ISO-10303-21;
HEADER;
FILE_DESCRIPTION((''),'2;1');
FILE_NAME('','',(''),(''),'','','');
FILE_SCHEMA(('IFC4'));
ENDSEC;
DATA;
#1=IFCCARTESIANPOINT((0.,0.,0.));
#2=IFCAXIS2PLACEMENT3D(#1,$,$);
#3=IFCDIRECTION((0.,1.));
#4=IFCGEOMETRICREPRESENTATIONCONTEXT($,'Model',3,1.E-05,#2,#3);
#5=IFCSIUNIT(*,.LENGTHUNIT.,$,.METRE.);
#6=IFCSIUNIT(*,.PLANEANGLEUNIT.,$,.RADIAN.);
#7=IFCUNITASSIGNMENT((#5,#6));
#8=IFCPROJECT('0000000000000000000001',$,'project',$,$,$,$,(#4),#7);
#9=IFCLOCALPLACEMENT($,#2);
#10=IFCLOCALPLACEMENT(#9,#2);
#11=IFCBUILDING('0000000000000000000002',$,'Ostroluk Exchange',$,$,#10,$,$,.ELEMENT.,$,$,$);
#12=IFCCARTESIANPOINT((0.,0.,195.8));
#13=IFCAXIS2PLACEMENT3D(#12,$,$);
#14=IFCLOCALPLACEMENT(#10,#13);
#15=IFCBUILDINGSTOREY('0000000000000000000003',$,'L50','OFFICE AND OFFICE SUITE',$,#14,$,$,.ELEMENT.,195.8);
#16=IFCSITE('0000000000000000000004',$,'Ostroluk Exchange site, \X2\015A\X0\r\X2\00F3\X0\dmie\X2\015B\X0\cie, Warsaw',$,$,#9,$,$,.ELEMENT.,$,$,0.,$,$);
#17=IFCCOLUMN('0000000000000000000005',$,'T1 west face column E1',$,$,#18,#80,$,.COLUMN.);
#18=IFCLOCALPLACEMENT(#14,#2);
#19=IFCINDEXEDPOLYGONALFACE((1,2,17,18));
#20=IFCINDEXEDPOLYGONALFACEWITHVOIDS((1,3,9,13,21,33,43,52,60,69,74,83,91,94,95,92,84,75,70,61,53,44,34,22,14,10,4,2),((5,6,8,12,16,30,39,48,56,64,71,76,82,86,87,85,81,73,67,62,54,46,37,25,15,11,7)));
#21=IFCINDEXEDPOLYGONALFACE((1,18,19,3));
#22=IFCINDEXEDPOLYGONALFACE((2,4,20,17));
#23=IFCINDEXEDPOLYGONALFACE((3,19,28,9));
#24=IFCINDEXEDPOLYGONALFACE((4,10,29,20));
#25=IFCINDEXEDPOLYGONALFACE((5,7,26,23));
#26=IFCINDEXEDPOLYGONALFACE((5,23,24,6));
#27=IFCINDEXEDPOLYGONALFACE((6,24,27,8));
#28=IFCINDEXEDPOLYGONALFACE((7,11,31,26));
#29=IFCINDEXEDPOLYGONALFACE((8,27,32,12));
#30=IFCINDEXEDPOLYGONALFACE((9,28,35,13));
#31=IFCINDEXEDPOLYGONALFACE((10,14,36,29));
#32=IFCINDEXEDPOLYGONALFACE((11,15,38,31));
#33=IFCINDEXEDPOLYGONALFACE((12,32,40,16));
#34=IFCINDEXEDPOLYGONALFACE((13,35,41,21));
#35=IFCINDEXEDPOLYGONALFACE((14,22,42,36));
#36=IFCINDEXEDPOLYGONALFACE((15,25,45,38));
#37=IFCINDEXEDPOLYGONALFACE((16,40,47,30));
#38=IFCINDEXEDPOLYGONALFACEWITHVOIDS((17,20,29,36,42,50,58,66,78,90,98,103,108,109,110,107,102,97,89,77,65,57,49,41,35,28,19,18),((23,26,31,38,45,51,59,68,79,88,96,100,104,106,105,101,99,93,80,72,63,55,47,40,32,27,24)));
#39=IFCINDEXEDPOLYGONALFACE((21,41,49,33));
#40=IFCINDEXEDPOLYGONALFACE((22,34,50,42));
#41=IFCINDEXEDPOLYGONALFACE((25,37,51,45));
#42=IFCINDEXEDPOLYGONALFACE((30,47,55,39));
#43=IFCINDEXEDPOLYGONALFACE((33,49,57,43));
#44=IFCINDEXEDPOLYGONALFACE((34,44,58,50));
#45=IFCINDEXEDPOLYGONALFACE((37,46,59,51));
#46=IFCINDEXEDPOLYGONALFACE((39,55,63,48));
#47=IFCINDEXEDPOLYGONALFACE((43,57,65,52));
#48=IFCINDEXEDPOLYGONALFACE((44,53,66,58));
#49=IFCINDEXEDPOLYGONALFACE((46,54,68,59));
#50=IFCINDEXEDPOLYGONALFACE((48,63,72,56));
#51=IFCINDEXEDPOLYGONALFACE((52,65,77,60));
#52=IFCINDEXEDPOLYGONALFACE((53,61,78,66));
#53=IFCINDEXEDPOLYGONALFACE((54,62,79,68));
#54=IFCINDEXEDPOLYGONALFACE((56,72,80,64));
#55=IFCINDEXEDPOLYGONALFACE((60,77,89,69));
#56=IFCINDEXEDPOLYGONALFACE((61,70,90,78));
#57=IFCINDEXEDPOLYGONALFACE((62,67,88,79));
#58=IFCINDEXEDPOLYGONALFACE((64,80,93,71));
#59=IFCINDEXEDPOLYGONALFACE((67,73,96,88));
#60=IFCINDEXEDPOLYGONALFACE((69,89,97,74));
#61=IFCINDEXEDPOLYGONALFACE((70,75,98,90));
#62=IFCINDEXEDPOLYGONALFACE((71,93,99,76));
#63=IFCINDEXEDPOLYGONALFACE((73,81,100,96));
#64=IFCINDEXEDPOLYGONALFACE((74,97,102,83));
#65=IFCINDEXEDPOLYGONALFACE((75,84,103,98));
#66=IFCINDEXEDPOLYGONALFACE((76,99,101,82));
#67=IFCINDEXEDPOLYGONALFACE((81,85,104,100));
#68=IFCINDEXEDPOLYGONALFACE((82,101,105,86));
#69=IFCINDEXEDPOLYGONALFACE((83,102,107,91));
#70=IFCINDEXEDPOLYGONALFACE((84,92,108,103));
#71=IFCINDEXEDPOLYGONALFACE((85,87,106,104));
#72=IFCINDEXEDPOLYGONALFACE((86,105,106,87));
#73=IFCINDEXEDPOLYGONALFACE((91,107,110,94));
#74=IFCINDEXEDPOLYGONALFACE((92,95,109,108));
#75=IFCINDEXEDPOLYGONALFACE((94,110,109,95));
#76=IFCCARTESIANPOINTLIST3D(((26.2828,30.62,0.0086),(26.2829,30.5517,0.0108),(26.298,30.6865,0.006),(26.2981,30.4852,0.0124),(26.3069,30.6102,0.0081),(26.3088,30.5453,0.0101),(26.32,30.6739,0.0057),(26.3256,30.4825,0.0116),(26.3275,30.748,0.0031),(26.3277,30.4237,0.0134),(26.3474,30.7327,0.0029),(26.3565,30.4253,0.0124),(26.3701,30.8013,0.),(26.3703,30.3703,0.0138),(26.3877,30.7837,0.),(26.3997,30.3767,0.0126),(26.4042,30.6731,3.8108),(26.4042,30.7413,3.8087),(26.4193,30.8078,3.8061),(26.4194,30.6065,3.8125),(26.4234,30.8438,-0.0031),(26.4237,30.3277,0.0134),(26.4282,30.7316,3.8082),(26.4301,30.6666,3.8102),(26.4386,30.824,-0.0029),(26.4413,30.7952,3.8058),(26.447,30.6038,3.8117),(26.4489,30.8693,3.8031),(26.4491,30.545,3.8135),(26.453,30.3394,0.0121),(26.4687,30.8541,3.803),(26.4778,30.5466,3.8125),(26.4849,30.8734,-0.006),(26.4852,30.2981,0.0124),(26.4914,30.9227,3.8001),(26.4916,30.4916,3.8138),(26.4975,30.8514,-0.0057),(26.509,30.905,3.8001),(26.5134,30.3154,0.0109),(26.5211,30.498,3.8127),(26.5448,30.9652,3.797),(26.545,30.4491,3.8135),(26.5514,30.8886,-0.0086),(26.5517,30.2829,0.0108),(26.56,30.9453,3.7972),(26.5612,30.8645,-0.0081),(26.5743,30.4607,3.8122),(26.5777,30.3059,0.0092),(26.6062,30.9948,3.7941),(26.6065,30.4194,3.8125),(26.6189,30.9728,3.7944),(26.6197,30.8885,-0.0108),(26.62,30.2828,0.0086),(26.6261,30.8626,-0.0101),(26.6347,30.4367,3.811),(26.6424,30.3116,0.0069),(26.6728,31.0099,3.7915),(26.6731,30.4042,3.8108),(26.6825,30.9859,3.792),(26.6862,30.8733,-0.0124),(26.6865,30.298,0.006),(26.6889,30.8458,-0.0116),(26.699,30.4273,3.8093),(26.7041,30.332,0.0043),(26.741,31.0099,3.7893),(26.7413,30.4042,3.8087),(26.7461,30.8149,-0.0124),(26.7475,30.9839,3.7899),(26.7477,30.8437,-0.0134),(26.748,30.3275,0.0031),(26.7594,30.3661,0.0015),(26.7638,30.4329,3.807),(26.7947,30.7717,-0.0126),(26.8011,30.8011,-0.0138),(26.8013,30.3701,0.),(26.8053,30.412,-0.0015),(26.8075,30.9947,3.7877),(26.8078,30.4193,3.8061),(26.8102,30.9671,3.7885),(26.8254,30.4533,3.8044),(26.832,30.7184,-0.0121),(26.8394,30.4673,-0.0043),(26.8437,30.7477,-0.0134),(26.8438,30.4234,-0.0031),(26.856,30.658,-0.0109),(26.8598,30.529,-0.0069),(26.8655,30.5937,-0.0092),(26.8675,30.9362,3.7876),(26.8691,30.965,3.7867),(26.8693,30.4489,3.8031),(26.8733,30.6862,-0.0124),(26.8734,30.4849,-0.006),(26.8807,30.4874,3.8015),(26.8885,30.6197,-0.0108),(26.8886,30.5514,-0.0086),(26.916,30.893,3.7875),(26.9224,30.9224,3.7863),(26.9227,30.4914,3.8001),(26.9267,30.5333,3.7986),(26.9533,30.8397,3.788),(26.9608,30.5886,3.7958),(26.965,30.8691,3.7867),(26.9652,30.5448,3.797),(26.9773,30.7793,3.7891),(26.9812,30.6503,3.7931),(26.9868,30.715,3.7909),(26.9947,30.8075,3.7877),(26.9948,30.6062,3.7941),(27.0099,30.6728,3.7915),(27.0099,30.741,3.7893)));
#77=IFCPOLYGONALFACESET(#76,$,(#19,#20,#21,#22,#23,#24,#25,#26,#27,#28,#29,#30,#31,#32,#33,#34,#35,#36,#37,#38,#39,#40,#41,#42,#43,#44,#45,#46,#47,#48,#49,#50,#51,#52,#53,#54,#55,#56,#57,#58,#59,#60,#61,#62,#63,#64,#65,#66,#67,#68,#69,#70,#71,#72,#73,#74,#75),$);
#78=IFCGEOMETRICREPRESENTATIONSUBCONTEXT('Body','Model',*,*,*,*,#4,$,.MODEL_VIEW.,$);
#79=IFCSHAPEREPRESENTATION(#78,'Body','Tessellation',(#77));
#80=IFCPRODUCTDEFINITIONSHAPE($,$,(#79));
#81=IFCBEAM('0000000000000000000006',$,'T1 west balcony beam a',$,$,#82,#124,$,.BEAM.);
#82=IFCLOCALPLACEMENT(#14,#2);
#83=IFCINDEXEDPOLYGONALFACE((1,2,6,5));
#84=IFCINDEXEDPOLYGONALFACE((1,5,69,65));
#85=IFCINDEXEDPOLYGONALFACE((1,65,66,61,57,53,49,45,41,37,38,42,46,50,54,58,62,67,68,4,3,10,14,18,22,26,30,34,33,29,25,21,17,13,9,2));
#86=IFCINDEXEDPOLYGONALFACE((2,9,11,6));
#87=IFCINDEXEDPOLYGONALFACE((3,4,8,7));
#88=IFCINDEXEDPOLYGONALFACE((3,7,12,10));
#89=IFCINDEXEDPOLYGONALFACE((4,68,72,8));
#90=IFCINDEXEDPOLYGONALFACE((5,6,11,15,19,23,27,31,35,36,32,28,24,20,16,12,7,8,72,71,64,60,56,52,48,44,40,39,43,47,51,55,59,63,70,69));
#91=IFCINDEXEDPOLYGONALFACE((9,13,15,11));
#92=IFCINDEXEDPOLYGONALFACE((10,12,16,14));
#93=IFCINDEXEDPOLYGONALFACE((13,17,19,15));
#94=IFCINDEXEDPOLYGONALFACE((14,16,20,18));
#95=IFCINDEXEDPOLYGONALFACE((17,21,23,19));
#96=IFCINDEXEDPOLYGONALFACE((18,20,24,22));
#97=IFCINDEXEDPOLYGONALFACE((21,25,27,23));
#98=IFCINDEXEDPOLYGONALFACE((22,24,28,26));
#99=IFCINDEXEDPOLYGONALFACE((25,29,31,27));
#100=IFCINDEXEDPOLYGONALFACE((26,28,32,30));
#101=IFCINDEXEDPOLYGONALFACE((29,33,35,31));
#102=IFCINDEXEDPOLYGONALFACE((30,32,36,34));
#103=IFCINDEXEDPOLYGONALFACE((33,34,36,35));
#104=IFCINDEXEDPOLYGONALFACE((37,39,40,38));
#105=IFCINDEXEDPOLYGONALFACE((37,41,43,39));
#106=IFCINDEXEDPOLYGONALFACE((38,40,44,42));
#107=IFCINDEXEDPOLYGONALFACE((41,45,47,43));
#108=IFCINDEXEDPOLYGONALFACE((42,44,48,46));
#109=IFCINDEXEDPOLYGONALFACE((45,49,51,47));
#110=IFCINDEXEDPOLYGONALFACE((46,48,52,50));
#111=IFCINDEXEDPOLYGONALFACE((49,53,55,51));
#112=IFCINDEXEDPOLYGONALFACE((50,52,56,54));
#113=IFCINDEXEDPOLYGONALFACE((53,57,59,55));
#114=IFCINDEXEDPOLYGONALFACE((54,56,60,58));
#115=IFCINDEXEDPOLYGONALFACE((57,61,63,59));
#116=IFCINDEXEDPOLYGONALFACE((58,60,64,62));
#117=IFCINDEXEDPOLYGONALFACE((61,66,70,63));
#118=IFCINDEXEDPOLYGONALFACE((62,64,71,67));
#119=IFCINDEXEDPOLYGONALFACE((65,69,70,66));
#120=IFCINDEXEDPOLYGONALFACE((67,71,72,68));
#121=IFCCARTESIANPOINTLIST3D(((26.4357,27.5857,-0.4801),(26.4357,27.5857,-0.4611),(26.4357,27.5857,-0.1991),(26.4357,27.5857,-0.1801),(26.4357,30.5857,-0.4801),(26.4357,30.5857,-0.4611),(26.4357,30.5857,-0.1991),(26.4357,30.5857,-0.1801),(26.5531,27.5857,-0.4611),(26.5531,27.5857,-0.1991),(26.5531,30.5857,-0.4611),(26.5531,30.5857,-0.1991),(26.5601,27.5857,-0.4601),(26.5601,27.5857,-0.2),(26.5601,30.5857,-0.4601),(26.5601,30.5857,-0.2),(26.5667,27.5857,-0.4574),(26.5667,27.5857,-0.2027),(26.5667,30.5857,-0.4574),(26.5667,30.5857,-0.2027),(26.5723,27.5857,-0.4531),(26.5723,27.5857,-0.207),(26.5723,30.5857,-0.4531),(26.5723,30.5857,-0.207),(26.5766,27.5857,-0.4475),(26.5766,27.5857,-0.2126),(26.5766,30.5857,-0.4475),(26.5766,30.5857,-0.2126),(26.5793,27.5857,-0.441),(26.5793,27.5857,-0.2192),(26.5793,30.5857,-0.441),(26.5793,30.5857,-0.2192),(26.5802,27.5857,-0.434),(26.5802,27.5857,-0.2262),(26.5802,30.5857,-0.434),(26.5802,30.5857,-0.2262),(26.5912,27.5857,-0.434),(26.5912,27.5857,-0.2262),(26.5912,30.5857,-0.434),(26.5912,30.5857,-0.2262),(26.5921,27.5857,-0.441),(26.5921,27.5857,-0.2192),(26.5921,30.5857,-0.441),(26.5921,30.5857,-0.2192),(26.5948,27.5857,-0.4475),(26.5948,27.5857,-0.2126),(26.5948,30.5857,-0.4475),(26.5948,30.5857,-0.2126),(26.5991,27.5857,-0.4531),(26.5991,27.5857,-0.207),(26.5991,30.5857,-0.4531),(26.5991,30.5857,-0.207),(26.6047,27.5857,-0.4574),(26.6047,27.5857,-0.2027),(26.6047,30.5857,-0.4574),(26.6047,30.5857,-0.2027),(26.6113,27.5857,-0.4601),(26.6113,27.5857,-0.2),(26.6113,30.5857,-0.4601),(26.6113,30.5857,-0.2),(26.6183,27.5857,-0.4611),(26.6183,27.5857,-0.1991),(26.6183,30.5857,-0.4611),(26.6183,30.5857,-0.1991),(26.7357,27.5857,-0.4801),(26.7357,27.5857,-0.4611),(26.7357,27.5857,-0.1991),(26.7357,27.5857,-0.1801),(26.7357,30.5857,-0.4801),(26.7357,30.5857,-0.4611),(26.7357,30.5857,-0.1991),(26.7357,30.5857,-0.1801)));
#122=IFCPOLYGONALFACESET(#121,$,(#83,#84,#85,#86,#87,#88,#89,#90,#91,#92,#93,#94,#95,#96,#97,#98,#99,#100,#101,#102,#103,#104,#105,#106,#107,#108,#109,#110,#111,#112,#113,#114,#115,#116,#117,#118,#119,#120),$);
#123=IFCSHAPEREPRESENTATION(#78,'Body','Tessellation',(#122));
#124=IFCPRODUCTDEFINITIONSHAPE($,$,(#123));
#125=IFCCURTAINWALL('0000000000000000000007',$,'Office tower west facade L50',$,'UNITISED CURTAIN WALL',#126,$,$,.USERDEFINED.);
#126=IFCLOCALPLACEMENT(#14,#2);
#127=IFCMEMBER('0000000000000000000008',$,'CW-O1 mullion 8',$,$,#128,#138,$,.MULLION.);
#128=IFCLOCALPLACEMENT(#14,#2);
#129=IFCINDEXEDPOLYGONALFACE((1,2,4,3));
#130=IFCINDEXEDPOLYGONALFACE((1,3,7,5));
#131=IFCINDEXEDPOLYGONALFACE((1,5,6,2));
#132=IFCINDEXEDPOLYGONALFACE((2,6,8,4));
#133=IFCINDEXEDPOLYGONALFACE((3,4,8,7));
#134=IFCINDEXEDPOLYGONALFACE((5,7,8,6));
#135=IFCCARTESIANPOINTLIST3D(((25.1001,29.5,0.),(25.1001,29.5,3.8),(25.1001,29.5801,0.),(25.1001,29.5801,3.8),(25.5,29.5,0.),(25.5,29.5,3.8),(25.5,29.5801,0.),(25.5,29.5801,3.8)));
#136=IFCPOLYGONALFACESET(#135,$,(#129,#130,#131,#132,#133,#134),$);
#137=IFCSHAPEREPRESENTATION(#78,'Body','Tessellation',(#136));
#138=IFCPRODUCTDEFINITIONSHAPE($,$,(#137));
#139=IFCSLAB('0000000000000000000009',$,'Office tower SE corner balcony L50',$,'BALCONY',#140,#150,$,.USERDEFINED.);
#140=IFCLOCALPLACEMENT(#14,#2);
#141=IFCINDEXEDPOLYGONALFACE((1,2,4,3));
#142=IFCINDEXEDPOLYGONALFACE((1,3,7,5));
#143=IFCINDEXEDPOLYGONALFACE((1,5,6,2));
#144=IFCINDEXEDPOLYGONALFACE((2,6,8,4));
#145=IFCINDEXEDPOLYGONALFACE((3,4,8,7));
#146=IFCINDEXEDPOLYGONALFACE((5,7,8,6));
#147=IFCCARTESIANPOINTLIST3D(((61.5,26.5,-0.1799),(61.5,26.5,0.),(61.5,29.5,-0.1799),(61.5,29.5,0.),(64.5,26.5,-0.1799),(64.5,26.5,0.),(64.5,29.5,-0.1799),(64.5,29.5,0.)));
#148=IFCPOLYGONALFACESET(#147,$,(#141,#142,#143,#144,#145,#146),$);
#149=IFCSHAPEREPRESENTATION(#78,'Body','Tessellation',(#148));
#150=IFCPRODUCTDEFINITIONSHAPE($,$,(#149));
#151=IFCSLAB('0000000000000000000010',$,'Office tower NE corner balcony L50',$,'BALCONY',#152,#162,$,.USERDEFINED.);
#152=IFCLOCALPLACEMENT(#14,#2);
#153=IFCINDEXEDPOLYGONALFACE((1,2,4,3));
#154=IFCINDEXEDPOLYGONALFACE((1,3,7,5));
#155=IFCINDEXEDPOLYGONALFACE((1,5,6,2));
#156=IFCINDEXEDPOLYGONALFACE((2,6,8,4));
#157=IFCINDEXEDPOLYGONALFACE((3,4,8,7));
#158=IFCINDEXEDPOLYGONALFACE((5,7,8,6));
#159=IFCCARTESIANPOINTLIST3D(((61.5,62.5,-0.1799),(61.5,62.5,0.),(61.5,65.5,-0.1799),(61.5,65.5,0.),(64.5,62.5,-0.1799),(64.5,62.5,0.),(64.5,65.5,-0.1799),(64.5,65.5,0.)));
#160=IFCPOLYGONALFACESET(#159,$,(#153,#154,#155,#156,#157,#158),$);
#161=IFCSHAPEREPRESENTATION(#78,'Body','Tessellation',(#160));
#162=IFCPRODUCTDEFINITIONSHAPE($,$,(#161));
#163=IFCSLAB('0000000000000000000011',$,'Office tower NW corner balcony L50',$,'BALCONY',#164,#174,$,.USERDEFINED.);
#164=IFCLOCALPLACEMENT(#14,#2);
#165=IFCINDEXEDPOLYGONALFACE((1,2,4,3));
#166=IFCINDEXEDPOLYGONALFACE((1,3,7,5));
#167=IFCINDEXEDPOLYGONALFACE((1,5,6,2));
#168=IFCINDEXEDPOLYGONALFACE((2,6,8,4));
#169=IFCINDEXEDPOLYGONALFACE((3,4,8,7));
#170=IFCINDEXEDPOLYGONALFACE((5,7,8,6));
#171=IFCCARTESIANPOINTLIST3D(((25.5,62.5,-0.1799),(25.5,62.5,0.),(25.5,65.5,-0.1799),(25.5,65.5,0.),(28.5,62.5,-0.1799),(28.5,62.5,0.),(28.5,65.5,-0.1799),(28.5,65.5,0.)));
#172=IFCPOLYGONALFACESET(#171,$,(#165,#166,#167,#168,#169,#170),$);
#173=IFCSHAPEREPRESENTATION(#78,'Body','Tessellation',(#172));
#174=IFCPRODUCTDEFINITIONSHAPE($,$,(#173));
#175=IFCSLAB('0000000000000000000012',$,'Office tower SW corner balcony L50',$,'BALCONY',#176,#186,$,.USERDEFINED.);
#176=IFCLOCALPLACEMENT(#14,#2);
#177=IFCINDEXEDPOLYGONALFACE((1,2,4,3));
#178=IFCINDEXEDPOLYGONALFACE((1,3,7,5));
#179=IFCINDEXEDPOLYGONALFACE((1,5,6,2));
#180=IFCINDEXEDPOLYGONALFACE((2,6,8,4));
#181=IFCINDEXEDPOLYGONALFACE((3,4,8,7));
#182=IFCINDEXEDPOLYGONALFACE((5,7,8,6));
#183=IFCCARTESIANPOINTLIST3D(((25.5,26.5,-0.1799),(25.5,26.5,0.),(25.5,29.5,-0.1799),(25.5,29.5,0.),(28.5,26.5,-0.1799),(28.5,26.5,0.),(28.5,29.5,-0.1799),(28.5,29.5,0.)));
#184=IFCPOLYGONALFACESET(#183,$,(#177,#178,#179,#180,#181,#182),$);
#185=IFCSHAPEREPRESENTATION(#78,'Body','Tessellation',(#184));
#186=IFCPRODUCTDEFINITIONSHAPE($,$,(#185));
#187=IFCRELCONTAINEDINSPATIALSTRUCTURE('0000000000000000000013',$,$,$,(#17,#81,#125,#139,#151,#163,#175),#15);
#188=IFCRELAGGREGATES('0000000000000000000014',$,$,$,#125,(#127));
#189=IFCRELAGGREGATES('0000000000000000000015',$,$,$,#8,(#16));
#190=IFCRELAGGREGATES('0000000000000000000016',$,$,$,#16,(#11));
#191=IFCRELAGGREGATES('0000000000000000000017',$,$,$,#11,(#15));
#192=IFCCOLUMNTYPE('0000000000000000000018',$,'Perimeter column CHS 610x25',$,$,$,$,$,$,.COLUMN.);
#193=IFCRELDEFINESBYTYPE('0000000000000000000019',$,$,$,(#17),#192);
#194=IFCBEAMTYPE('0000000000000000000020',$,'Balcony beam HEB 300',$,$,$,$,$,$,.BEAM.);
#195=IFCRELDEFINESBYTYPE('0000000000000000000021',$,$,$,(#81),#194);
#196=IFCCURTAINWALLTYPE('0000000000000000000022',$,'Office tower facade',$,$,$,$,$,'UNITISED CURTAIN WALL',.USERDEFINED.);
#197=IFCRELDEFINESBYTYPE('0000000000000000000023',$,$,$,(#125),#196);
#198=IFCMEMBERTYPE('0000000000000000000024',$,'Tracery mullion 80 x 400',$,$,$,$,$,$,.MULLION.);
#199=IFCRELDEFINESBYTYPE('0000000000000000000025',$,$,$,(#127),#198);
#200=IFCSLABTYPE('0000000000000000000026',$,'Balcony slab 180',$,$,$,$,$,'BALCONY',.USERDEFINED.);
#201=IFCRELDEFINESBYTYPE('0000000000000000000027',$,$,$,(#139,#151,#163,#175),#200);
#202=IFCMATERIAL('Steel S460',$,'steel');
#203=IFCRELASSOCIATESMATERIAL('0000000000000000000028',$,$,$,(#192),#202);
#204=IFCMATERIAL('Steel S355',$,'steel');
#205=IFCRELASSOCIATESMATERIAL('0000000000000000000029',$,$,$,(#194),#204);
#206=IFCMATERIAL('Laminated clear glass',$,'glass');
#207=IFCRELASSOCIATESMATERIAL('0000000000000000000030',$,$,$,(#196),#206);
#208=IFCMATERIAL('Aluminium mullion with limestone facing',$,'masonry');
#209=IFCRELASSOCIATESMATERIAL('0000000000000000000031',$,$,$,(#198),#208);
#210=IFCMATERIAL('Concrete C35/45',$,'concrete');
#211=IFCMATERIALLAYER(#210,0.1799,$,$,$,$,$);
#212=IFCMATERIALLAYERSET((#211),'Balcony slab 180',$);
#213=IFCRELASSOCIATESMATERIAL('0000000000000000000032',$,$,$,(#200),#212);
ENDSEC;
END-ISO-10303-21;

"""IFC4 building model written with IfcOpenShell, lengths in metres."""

from ifc_helpers import new_model, si_unit, direction, frame, origin, origin_2d, place, context, subcontext, project, spatial, polyline, rectangle, hollow_circle, i_section, outline, extrude, material, layer, layer_set, material_profile, profile_set, type_object, element, aggregate, save


model = new_model("IFC4")

# Units and contexts
model_context = context("Model", 3, precision=1e-05, world=origin(), true_north=direction((0.0, 1.0)))
body_context = subcontext(model_context, "Body", "Model", "MODEL_VIEW")
ifc_project = project(units=[si_unit("LENGTHUNIT", "METRE"), si_unit("PLANEANGLEUNIT", "RADIAN")], contexts=[model_context])

# Site, building, storey
site_placement = place(None, origin())
site = spatial("IfcSite", under=ifc_project, at=site_placement, Name="Ostroluk Exchange site, Śródmieście, Warsaw", CompositionType="ELEMENT", RefElevation=0.0)
building_placement = place(site_placement, origin())
building = spatial("IfcBuilding", under=site, at=building_placement, Name="Ostroluk Exchange", CompositionType="ELEMENT")
storey_placement = place(building_placement, frame((0.0, 0.0, 195.8)))
storey = spatial("IfcBuildingStorey", under=building, at=storey_placement, Name="L50", Description="OFFICE AND OFFICE SUITE", CompositionType="ELEMENT", Elevation=195.8)

# Column
ifc_material_1 = material(Name="Steel S460", Category="steel")
ifc_material_profile_1 = material_profile(ifc_material_1, hollow_circle(Radius=0.3049, WallThickness=0.0249, at=origin_2d()), Name="CHS 610x25")
ifc_profile_set_1 = profile_set([ifc_material_profile_1], Name="Steel S460")
column_type = type_object("IfcColumnType", Name="Perimeter column CHS 610x25", PredefinedType="COLUMN", material=ifc_profile_set_1)
column_placement = place(storey_placement, frame((26.5857, 30.5857, 0.0), z_axis=(0.031898, 0.031898, 0.998982), x_axis=(-0.707107, 0.707107, 0.0)))
element("IfcColumn", 1, at=column_placement, inside=storey, type_object=column_type, Name="T1 west face column E1", PredefinedType="COLUMN", context=body_context, shape_type="SweptSolid", body=[
    extrude(hollow_circle(Radius=0.3049, WallThickness=0.0249, at=origin_2d()), origin(), (0.0, 0.0, 1.0), 3.804),
])

# Beam
ifc_material_2 = material(Name="Steel S355", Category="steel")
ifc_material_profile_2 = material_profile(ifc_material_2, i_section(OverallWidth=0.3, OverallDepth=0.3, WebThickness=0.011, FlangeThickness=0.019, FilletRadius=0.0271, at=origin_2d()), Name="HEB 300")
ifc_profile_set_2 = profile_set([ifc_material_profile_2], Name="Steel S355")
beam_type = type_object("IfcBeamType", Name="Balcony beam HEB 300", PredefinedType="BEAM", material=ifc_profile_set_2)
beam_placement = place(storey_placement, frame((26.5857, 30.5857, -0.3301), z_axis=(0.0, -1.0, 0.0), x_axis=(1.0, 0.0, 0.0)))
element("IfcBeam", 2, at=beam_placement, inside=storey, type_object=beam_type, Name="T1 west balcony beam a", PredefinedType="BEAM", context=body_context, shape_type="SweptSolid", body=[
    extrude(i_section(OverallWidth=0.3, OverallDepth=0.3, WebThickness=0.011, FlangeThickness=0.019, FilletRadius=0.0271, at=origin_2d()), origin(), (0.0, 0.0, 1.0), 3.0),
])

# Curtain wall, member
ifc_material_3 = material(Name="Laminated clear glass", Category="glass")
curtain_wall_type = type_object("IfcCurtainWallType", Name="Office tower facade", ElementType="UNITISED CURTAIN WALL", PredefinedType="USERDEFINED", material=ifc_material_3)
curtain_wall_placement = place(storey_placement, origin())
curtain_wall = element("IfcCurtainWall", 3, at=curtain_wall_placement, inside=storey, type_object=curtain_wall_type, Name="Office tower west facade L50", ObjectType="UNITISED CURTAIN WALL", PredefinedType="USERDEFINED")
ifc_material_4 = material(Name="Aluminium mullion with limestone facing", Category="masonry")
ifc_material_profile_3 = material_profile(ifc_material_4, rectangle(XDim=0.3999, YDim=0.0801, at=origin_2d()), Name="Tracery mullion 80 x 400")
ifc_profile_set_3 = profile_set([ifc_material_profile_3], Name="Aluminium mullion with limestone facing")
member_type = type_object("IfcMemberType", Name="Tracery mullion 80 x 400", PredefinedType="MULLION", material=ifc_profile_set_3)
member_placement = place(storey_placement, frame((25.3, 29.54, 0.0), z_axis=(0.0, 0.0, 1.0), x_axis=(1.0, 0.0, 0.0)))
member = element("IfcMember", 4, at=member_placement, type_object=member_type, Name="CW-O1 mullion 8", PredefinedType="MULLION", context=body_context, shape_type="SweptSolid", body=[
    extrude(rectangle(XDim=0.3999, YDim=0.0801, at=origin_2d()), origin(), (0.0, 0.0, 1.0), 3.8),
])
aggregate(curtain_wall, [member])

# Slabs
ifc_material_5 = material(Name="Concrete C35/45", Category="concrete")
ifc_layer_1 = layer(ifc_material_5, 0.1799)
ifc_layer_set_1 = layer_set([ifc_layer_1], Name="Balcony slab 180")
slab_type_1 = type_object("IfcSlabType", Name="Balcony slab 180", ElementType="BALCONY", PredefinedType="USERDEFINED", material=ifc_layer_set_1)
slab_1_placement = place(storey_placement, frame((0.0, 0.0, -0.1799)))
element("IfcSlab", 5, at=slab_1_placement, inside=storey, type_object=slab_type_1, Name="Office tower SE corner balcony L50", ObjectType="BALCONY", PredefinedType="USERDEFINED", context=body_context, shape_type="SweptSolid", body=[
    extrude(outline(polyline([(61.5, 26.5), (64.5, 26.5), (64.5, 29.5), (61.5, 29.5), (61.5, 26.5)])), origin(), (0.0, 0.0, 1.0), 0.1799),
])
slab_2_placement = place(storey_placement, frame((0.0, 0.0, -0.1799)))
element("IfcSlab", 6, at=slab_2_placement, inside=storey, type_object=slab_type_1, Name="Office tower NE corner balcony L50", ObjectType="BALCONY", PredefinedType="USERDEFINED", context=body_context, shape_type="SweptSolid", body=[
    extrude(outline(polyline([(61.5, 62.5), (64.5, 62.5), (64.5, 65.5), (61.5, 65.5), (61.5, 62.5)])), origin(), (0.0, 0.0, 1.0), 0.1799),
])
slab_3_placement = place(storey_placement, frame((0.0, 0.0, -0.1799)))
element("IfcSlab", 7, at=slab_3_placement, inside=storey, type_object=slab_type_1, Name="Office tower NW corner balcony L50", ObjectType="BALCONY", PredefinedType="USERDEFINED", context=body_context, shape_type="SweptSolid", body=[
    extrude(outline(polyline([(25.5, 62.5), (28.5, 62.5), (28.5, 65.5), (25.5, 65.5), (25.5, 62.5)])), origin(), (0.0, 0.0, 1.0), 0.1799),
])
slab_4_placement = place(storey_placement, frame((0.0, 0.0, -0.1799)))
element("IfcSlab", 8, at=slab_4_placement, inside=storey, type_object=slab_type_1, Name="Office tower SW corner balcony L50", ObjectType="BALCONY", PredefinedType="USERDEFINED", context=body_context, shape_type="SweptSolid", body=[
    extrude(outline(polyline([(25.5, 26.5), (28.5, 26.5), (28.5, 29.5), (25.5, 29.5), (25.5, 26.5)])), origin(), (0.0, 0.0, 1.0), 0.1799),
])

save(model, "model.ifc")
